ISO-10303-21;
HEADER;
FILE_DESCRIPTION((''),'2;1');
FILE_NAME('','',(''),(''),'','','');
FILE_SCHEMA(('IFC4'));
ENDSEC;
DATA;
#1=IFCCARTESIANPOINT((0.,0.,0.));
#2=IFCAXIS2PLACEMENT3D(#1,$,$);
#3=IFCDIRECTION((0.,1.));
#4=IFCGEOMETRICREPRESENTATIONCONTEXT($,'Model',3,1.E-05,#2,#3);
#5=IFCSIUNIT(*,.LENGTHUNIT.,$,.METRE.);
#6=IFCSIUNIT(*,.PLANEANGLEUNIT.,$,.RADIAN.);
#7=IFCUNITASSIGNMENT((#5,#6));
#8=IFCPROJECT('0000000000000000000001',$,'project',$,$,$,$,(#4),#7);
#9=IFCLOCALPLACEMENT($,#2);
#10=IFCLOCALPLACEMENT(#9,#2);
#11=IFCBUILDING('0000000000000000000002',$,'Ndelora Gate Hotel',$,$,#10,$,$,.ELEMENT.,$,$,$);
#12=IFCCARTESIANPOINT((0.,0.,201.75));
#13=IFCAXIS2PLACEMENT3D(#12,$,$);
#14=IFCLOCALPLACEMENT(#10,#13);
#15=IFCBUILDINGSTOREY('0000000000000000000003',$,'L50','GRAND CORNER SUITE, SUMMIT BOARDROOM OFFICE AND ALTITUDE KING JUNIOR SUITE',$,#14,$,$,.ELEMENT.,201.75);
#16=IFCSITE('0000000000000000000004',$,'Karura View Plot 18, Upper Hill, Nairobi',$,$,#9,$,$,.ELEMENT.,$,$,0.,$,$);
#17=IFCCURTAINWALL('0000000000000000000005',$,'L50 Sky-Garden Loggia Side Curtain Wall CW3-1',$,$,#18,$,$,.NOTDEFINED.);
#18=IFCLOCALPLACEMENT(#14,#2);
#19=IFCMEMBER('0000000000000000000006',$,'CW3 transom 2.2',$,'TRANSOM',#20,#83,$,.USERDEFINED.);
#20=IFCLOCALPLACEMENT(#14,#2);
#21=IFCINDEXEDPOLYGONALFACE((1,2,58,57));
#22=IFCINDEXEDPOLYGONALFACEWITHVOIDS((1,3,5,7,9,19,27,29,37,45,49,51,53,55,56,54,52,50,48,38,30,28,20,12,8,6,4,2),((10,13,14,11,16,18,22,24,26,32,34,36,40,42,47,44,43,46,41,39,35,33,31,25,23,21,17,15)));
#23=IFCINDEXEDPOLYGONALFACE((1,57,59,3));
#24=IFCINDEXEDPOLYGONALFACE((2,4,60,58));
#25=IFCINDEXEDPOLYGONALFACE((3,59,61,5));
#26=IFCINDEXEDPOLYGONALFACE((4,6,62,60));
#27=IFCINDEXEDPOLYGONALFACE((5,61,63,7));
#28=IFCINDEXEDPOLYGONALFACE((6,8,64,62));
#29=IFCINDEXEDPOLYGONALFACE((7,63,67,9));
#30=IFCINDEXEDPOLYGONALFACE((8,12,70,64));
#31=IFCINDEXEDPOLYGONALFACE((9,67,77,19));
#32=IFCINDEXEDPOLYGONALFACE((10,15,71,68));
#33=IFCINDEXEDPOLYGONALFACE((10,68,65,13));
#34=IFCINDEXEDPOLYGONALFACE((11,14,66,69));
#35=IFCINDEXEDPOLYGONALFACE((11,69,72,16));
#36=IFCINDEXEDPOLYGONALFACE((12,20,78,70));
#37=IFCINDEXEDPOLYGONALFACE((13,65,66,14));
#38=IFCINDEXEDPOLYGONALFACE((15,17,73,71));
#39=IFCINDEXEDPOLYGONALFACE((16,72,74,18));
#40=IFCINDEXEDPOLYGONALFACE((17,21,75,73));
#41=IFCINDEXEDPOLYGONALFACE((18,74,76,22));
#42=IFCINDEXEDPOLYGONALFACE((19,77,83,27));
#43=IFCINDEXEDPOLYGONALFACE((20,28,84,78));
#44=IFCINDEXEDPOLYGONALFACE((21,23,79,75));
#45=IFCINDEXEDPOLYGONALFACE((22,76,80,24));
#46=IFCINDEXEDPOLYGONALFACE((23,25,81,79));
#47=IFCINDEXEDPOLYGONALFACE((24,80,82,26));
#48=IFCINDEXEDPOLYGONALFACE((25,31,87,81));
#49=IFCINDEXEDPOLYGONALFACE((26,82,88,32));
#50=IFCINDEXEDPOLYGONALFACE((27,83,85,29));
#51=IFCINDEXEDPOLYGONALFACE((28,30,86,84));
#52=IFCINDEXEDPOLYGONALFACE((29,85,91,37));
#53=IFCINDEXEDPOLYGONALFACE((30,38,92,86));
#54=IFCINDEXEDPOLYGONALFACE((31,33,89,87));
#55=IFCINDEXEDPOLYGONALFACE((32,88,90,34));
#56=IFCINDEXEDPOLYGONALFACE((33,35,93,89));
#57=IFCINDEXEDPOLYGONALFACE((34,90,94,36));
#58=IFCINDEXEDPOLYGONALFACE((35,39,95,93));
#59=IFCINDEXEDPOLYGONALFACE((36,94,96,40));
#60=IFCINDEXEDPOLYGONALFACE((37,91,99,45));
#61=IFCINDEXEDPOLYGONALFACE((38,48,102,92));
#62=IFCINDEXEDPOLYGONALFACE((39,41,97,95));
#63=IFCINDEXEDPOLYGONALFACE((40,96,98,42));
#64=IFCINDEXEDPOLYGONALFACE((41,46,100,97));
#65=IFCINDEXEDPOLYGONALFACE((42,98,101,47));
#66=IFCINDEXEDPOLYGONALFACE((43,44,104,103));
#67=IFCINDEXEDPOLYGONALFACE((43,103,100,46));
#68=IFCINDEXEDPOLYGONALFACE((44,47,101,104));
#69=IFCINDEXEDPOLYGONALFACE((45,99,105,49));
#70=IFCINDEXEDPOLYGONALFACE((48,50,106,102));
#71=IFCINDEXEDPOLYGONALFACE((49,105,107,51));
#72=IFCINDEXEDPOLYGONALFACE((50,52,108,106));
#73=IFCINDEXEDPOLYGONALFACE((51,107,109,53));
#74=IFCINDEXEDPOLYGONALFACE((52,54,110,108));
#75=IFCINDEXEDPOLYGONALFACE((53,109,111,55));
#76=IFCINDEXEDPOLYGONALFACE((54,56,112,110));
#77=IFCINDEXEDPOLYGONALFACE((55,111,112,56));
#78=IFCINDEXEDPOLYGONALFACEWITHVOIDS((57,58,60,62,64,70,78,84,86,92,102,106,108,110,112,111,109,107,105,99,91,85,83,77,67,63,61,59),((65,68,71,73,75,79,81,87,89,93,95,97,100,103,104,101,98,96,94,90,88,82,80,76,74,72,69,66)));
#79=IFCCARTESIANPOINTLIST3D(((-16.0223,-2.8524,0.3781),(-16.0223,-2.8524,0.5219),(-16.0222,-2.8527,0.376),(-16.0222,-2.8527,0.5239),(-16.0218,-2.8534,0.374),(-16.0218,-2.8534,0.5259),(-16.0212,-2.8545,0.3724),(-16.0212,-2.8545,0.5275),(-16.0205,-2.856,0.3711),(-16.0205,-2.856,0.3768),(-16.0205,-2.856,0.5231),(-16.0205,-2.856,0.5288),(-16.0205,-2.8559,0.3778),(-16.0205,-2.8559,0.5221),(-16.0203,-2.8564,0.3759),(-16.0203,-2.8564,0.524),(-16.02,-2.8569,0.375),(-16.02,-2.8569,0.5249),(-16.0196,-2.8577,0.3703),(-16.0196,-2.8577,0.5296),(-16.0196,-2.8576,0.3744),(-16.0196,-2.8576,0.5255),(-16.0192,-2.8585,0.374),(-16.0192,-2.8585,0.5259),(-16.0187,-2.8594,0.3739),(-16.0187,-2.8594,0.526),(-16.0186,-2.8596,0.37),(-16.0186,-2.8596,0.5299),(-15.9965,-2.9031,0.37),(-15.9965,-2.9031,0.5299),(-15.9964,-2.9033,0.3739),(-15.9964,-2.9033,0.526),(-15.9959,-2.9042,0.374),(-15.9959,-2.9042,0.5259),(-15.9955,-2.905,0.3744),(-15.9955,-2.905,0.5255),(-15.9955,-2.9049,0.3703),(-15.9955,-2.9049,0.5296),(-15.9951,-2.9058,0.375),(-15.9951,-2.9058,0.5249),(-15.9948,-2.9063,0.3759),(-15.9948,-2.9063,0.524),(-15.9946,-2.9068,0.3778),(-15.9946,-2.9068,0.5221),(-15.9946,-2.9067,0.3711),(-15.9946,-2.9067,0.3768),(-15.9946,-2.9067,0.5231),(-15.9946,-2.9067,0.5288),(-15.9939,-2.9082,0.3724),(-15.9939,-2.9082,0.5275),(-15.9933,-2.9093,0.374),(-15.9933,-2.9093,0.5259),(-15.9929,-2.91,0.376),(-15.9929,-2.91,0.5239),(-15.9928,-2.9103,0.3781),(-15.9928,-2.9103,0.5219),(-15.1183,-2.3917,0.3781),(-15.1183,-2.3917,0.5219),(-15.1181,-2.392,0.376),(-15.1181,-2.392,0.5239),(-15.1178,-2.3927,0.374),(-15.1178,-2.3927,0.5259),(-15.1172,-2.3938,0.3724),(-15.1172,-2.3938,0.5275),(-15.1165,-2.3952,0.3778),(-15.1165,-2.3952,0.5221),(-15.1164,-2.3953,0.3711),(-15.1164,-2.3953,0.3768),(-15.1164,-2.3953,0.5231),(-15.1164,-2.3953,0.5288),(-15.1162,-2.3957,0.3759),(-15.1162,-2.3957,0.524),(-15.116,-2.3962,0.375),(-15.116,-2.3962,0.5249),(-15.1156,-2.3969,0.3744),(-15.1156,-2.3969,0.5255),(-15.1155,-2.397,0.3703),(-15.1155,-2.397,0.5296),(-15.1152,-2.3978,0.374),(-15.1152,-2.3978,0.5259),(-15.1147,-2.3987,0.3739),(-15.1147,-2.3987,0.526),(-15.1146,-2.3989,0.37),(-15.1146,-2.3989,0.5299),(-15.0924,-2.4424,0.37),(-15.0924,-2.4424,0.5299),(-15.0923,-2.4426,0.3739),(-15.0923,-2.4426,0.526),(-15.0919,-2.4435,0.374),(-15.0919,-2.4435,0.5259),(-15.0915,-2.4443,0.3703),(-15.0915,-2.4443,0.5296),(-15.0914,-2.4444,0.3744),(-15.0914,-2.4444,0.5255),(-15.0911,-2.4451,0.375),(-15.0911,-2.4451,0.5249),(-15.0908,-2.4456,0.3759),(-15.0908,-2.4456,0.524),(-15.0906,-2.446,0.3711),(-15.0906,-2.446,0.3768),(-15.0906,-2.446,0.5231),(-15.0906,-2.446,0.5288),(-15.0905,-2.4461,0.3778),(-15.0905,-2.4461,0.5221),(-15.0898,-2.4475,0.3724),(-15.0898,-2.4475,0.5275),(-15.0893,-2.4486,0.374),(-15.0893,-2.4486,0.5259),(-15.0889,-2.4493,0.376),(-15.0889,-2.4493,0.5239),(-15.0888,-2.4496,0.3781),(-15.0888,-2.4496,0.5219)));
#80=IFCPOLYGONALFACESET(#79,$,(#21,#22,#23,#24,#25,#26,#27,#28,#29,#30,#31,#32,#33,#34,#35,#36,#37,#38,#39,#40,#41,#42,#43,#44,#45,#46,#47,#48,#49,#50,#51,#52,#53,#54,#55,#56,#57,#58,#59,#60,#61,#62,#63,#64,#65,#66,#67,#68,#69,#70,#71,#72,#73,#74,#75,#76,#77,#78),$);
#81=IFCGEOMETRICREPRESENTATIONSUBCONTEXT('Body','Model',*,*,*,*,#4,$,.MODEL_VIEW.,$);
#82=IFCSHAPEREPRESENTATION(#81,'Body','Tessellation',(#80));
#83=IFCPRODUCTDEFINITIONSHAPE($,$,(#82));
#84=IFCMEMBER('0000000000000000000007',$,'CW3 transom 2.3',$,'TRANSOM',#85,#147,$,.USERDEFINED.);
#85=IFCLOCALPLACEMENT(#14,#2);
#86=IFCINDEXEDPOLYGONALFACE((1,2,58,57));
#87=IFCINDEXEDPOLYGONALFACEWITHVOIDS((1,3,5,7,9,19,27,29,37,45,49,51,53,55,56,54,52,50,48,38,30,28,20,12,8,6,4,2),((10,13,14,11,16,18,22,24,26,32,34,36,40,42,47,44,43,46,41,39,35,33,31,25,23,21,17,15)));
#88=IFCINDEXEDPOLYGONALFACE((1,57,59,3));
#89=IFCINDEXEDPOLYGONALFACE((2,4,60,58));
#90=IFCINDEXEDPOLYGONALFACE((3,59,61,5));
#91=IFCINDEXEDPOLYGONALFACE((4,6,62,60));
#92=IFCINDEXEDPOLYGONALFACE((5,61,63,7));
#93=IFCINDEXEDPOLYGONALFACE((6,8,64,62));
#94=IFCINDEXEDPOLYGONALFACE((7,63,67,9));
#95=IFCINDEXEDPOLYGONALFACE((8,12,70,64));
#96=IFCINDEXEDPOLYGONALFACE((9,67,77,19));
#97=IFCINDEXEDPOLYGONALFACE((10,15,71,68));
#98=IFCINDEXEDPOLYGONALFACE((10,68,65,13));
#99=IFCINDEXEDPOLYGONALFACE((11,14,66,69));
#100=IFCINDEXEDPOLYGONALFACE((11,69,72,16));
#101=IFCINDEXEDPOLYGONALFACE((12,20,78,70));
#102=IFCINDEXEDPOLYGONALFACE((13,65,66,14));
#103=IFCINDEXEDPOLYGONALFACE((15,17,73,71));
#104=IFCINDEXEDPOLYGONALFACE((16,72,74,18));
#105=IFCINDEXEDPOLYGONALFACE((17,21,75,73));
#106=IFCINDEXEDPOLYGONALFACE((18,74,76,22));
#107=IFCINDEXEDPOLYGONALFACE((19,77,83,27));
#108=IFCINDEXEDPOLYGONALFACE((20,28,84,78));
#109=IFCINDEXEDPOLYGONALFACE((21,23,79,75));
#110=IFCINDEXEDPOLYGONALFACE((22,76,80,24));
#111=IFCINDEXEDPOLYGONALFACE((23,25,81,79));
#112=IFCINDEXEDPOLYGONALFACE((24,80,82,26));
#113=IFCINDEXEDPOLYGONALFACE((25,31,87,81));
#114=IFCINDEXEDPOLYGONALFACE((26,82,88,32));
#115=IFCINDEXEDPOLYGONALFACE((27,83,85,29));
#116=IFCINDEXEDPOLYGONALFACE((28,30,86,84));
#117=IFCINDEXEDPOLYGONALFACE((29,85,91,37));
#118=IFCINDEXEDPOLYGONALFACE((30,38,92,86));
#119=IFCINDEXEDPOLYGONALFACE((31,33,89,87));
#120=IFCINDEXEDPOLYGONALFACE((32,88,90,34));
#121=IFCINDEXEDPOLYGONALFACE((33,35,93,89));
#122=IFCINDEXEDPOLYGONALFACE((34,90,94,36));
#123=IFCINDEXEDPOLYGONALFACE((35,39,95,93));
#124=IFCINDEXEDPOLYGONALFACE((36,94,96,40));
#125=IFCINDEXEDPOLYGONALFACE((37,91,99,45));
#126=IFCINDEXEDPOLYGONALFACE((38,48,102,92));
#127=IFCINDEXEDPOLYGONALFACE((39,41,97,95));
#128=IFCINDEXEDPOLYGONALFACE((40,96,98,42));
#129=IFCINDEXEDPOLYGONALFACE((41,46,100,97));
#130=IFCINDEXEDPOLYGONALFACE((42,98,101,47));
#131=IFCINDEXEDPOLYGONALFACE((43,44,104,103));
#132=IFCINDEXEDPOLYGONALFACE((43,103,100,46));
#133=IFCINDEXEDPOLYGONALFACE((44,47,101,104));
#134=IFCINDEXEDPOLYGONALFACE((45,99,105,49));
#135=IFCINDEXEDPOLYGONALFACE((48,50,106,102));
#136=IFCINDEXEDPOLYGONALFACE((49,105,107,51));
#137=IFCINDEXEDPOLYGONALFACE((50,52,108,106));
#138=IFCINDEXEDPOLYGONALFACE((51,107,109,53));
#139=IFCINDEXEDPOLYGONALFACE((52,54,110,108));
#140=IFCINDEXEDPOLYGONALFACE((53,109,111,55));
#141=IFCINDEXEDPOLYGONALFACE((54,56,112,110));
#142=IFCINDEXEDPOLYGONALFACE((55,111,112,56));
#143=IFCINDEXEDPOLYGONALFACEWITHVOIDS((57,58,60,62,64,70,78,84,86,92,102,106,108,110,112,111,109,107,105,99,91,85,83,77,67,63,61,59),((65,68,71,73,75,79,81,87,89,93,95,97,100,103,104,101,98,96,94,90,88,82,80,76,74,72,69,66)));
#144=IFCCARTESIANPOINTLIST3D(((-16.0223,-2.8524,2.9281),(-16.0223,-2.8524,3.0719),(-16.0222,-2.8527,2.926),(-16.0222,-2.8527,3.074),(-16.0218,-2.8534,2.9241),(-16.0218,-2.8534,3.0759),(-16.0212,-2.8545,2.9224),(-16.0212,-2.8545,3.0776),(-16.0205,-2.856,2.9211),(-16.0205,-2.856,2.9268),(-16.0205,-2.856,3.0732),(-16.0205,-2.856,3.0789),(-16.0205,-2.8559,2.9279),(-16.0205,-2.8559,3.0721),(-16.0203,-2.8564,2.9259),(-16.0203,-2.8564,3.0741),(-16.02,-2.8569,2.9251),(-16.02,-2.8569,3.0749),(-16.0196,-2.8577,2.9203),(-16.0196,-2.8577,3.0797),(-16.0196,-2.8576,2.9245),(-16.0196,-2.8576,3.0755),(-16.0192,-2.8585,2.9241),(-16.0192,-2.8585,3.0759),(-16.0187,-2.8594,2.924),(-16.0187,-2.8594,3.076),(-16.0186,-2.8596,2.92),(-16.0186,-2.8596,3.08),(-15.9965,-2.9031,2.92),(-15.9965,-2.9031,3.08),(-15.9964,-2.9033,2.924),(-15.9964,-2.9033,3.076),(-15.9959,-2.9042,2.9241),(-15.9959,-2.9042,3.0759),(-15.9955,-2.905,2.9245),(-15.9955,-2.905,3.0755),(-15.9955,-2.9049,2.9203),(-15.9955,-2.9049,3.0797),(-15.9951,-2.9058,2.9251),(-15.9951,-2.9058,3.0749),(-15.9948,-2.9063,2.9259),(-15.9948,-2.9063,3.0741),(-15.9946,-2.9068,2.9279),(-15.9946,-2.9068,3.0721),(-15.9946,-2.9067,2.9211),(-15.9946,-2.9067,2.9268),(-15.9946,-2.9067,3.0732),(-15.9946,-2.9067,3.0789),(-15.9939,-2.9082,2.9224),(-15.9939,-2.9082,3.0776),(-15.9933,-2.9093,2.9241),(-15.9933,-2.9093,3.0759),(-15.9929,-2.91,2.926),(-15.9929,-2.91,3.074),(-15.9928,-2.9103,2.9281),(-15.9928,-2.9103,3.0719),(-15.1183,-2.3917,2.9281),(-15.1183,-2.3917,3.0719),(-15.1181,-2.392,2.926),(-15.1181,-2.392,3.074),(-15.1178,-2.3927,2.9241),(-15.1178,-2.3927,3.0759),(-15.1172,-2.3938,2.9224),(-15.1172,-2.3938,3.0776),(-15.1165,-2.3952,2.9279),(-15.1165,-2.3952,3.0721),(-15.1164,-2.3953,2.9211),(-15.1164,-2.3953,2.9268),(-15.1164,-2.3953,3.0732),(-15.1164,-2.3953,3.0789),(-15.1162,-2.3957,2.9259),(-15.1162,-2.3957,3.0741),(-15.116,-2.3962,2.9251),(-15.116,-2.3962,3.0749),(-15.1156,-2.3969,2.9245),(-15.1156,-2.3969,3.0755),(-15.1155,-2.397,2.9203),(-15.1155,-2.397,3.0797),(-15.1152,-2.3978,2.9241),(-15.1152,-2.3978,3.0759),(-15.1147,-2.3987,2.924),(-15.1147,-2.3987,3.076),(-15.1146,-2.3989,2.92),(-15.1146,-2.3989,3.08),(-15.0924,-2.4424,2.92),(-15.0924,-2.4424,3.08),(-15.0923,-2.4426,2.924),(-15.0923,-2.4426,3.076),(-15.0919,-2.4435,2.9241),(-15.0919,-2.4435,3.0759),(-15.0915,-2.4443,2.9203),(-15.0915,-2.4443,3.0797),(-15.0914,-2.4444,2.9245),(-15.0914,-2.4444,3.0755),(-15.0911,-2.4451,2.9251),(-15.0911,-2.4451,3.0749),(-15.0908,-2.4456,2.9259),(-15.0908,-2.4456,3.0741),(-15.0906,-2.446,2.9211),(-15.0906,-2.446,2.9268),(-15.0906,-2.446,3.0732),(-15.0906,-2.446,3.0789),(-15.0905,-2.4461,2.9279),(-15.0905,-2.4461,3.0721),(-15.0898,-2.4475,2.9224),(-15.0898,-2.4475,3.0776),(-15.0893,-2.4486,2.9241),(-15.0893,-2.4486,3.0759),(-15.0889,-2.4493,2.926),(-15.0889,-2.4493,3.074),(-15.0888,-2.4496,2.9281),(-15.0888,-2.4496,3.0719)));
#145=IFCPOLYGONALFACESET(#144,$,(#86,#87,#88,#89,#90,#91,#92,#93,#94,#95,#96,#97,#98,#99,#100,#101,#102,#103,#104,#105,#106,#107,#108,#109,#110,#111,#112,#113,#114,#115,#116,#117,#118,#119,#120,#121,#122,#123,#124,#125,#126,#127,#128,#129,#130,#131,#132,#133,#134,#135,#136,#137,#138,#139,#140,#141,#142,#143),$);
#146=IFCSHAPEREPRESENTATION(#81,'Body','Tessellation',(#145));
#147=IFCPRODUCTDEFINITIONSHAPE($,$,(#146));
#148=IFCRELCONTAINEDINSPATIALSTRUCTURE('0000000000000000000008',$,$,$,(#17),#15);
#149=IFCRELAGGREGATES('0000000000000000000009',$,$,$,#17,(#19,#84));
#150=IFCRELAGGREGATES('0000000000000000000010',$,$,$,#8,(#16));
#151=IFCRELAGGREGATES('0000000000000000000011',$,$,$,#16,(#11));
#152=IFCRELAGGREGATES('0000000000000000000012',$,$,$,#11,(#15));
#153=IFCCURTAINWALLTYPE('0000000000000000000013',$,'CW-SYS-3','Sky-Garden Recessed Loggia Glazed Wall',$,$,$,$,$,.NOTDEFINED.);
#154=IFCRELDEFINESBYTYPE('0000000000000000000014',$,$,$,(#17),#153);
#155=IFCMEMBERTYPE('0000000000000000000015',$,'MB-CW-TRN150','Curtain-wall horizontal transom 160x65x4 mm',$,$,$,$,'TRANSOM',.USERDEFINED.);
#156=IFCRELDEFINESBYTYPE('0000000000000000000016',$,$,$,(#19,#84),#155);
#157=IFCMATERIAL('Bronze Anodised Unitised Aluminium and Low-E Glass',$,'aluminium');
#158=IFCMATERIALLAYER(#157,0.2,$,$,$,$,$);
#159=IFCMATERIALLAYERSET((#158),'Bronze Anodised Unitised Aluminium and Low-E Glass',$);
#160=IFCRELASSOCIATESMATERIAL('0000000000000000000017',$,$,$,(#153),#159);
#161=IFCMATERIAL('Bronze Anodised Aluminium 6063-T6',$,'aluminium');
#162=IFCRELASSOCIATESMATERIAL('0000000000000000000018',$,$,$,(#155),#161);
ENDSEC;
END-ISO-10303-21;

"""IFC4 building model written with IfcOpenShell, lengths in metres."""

from ifc_helpers import new_model, si_unit, direction, frame, origin, origin_2d, place, context, subcontext, project, spatial, hollow_rectangle, extrude, material, layer, layer_set, material_profile, profile_set, type_object, element, aggregate, save


model = new_model("IFC4")

# Units and contexts
model_context = context("Model", 3, precision=1e-05, world=origin(), true_north=direction((0.0, 1.0)))
body_context = subcontext(model_context, "Body", "Model", "MODEL_VIEW")
ifc_project = project(units=[si_unit("LENGTHUNIT", "METRE"), si_unit("PLANEANGLEUNIT", "RADIAN")], contexts=[model_context])

# Site, building, storey
site_placement = place(None, origin())
site = spatial("IfcSite", under=ifc_project, at=site_placement, Name="Karura View Plot 18, Upper Hill, Nairobi", CompositionType="ELEMENT", RefElevation=0.0)
building_placement = place(site_placement, origin())
building = spatial("IfcBuilding", under=site, at=building_placement, Name="Ndelora Gate Hotel", CompositionType="ELEMENT")
storey_placement = place(building_placement, frame((0.0, 0.0, 201.75)))
storey = spatial("IfcBuildingStorey", under=building, at=storey_placement, Name="L50", Description="GRAND CORNER SUITE, SUMMIT BOARDROOM OFFICE AND ALTITUDE KING JUNIOR SUITE", CompositionType="ELEMENT", Elevation=201.75)

# Curtain wall, members
ifc_material_1 = material(Name="Bronze Anodised Unitised Aluminium and Low-E Glass", Category="aluminium")
ifc_layer_1 = layer(ifc_material_1, 0.2)
ifc_layer_set_1 = layer_set([ifc_layer_1], Name="Bronze Anodised Unitised Aluminium and Low-E Glass")
curtain_wall_type = type_object("IfcCurtainWallType", Name="CW-SYS-3", Description="Sky-Garden Recessed Loggia Glazed Wall", PredefinedType="NOTDEFINED", material=ifc_layer_set_1)
curtain_wall_placement = place(storey_placement, origin())
curtain_wall = element("IfcCurtainWall", 1, at=curtain_wall_placement, inside=storey, type_object=curtain_wall_type, Name="L50 Sky-Garden Loggia Side Curtain Wall CW3-1", PredefinedType="NOTDEFINED")
ifc_material_2 = material(Name="Bronze Anodised Aluminium 6063-T6", Category="aluminium")
ifc_material_profile_1 = material_profile(ifc_material_2, hollow_rectangle(XDim=0.0649, YDim=0.1599, WallThickness=0.0039, InnerFilletRadius=0.0039, OuterFilletRadius=0.0081, at=origin_2d()), Name="ALU 160x65x4")
ifc_profile_set_1 = profile_set([ifc_material_profile_1], Name="Bronze Anodised Aluminium 6063-T6")
member_type_1 = type_object("IfcMemberType", Name="MB-CW-TRN150", Description="Curtain-wall horizontal transom 160x65x4 mm", ElementType="TRANSOM", PredefinedType="USERDEFINED", material=ifc_profile_set_1)
member_1_placement = place(storey_placement, frame((-15.1035, -2.4207, 0.45), z_axis=(-0.890984, -0.454034, 0.0), x_axis=(0.454034, -0.890984, 0.0)))
member_1 = element("IfcMember", 2, at=member_1_placement, type_object=member_type_1, Name="CW3 transom 2.2", ObjectType="TRANSOM", PredefinedType="USERDEFINED", context=body_context, shape_type="SweptSolid", body=[
    extrude(hollow_rectangle(XDim=0.0649, YDim=0.1599, WallThickness=0.0039, InnerFilletRadius=0.0039, OuterFilletRadius=0.0081, at=origin_2d()), origin(), (0.0, 0.0, 1.0), 1.0146),
])
member_2_placement = place(storey_placement, frame((-15.1035, -2.4207, 3.0), z_axis=(-0.890984, -0.454034, 0.0), x_axis=(0.454034, -0.890984, 0.0)))
member_2 = element("IfcMember", 3, at=member_2_placement, type_object=member_type_1, Name="CW3 transom 2.3", ObjectType="TRANSOM", PredefinedType="USERDEFINED", context=body_context, shape_type="SweptSolid", body=[
    extrude(hollow_rectangle(XDim=0.0649, YDim=0.1599, WallThickness=0.0039, InnerFilletRadius=0.0039, OuterFilletRadius=0.0081, at=origin_2d()), origin(), (0.0, 0.0, 1.0), 1.0146),
])
aggregate(curtain_wall, [member_1, member_2])

save(model, "model.ifc")
